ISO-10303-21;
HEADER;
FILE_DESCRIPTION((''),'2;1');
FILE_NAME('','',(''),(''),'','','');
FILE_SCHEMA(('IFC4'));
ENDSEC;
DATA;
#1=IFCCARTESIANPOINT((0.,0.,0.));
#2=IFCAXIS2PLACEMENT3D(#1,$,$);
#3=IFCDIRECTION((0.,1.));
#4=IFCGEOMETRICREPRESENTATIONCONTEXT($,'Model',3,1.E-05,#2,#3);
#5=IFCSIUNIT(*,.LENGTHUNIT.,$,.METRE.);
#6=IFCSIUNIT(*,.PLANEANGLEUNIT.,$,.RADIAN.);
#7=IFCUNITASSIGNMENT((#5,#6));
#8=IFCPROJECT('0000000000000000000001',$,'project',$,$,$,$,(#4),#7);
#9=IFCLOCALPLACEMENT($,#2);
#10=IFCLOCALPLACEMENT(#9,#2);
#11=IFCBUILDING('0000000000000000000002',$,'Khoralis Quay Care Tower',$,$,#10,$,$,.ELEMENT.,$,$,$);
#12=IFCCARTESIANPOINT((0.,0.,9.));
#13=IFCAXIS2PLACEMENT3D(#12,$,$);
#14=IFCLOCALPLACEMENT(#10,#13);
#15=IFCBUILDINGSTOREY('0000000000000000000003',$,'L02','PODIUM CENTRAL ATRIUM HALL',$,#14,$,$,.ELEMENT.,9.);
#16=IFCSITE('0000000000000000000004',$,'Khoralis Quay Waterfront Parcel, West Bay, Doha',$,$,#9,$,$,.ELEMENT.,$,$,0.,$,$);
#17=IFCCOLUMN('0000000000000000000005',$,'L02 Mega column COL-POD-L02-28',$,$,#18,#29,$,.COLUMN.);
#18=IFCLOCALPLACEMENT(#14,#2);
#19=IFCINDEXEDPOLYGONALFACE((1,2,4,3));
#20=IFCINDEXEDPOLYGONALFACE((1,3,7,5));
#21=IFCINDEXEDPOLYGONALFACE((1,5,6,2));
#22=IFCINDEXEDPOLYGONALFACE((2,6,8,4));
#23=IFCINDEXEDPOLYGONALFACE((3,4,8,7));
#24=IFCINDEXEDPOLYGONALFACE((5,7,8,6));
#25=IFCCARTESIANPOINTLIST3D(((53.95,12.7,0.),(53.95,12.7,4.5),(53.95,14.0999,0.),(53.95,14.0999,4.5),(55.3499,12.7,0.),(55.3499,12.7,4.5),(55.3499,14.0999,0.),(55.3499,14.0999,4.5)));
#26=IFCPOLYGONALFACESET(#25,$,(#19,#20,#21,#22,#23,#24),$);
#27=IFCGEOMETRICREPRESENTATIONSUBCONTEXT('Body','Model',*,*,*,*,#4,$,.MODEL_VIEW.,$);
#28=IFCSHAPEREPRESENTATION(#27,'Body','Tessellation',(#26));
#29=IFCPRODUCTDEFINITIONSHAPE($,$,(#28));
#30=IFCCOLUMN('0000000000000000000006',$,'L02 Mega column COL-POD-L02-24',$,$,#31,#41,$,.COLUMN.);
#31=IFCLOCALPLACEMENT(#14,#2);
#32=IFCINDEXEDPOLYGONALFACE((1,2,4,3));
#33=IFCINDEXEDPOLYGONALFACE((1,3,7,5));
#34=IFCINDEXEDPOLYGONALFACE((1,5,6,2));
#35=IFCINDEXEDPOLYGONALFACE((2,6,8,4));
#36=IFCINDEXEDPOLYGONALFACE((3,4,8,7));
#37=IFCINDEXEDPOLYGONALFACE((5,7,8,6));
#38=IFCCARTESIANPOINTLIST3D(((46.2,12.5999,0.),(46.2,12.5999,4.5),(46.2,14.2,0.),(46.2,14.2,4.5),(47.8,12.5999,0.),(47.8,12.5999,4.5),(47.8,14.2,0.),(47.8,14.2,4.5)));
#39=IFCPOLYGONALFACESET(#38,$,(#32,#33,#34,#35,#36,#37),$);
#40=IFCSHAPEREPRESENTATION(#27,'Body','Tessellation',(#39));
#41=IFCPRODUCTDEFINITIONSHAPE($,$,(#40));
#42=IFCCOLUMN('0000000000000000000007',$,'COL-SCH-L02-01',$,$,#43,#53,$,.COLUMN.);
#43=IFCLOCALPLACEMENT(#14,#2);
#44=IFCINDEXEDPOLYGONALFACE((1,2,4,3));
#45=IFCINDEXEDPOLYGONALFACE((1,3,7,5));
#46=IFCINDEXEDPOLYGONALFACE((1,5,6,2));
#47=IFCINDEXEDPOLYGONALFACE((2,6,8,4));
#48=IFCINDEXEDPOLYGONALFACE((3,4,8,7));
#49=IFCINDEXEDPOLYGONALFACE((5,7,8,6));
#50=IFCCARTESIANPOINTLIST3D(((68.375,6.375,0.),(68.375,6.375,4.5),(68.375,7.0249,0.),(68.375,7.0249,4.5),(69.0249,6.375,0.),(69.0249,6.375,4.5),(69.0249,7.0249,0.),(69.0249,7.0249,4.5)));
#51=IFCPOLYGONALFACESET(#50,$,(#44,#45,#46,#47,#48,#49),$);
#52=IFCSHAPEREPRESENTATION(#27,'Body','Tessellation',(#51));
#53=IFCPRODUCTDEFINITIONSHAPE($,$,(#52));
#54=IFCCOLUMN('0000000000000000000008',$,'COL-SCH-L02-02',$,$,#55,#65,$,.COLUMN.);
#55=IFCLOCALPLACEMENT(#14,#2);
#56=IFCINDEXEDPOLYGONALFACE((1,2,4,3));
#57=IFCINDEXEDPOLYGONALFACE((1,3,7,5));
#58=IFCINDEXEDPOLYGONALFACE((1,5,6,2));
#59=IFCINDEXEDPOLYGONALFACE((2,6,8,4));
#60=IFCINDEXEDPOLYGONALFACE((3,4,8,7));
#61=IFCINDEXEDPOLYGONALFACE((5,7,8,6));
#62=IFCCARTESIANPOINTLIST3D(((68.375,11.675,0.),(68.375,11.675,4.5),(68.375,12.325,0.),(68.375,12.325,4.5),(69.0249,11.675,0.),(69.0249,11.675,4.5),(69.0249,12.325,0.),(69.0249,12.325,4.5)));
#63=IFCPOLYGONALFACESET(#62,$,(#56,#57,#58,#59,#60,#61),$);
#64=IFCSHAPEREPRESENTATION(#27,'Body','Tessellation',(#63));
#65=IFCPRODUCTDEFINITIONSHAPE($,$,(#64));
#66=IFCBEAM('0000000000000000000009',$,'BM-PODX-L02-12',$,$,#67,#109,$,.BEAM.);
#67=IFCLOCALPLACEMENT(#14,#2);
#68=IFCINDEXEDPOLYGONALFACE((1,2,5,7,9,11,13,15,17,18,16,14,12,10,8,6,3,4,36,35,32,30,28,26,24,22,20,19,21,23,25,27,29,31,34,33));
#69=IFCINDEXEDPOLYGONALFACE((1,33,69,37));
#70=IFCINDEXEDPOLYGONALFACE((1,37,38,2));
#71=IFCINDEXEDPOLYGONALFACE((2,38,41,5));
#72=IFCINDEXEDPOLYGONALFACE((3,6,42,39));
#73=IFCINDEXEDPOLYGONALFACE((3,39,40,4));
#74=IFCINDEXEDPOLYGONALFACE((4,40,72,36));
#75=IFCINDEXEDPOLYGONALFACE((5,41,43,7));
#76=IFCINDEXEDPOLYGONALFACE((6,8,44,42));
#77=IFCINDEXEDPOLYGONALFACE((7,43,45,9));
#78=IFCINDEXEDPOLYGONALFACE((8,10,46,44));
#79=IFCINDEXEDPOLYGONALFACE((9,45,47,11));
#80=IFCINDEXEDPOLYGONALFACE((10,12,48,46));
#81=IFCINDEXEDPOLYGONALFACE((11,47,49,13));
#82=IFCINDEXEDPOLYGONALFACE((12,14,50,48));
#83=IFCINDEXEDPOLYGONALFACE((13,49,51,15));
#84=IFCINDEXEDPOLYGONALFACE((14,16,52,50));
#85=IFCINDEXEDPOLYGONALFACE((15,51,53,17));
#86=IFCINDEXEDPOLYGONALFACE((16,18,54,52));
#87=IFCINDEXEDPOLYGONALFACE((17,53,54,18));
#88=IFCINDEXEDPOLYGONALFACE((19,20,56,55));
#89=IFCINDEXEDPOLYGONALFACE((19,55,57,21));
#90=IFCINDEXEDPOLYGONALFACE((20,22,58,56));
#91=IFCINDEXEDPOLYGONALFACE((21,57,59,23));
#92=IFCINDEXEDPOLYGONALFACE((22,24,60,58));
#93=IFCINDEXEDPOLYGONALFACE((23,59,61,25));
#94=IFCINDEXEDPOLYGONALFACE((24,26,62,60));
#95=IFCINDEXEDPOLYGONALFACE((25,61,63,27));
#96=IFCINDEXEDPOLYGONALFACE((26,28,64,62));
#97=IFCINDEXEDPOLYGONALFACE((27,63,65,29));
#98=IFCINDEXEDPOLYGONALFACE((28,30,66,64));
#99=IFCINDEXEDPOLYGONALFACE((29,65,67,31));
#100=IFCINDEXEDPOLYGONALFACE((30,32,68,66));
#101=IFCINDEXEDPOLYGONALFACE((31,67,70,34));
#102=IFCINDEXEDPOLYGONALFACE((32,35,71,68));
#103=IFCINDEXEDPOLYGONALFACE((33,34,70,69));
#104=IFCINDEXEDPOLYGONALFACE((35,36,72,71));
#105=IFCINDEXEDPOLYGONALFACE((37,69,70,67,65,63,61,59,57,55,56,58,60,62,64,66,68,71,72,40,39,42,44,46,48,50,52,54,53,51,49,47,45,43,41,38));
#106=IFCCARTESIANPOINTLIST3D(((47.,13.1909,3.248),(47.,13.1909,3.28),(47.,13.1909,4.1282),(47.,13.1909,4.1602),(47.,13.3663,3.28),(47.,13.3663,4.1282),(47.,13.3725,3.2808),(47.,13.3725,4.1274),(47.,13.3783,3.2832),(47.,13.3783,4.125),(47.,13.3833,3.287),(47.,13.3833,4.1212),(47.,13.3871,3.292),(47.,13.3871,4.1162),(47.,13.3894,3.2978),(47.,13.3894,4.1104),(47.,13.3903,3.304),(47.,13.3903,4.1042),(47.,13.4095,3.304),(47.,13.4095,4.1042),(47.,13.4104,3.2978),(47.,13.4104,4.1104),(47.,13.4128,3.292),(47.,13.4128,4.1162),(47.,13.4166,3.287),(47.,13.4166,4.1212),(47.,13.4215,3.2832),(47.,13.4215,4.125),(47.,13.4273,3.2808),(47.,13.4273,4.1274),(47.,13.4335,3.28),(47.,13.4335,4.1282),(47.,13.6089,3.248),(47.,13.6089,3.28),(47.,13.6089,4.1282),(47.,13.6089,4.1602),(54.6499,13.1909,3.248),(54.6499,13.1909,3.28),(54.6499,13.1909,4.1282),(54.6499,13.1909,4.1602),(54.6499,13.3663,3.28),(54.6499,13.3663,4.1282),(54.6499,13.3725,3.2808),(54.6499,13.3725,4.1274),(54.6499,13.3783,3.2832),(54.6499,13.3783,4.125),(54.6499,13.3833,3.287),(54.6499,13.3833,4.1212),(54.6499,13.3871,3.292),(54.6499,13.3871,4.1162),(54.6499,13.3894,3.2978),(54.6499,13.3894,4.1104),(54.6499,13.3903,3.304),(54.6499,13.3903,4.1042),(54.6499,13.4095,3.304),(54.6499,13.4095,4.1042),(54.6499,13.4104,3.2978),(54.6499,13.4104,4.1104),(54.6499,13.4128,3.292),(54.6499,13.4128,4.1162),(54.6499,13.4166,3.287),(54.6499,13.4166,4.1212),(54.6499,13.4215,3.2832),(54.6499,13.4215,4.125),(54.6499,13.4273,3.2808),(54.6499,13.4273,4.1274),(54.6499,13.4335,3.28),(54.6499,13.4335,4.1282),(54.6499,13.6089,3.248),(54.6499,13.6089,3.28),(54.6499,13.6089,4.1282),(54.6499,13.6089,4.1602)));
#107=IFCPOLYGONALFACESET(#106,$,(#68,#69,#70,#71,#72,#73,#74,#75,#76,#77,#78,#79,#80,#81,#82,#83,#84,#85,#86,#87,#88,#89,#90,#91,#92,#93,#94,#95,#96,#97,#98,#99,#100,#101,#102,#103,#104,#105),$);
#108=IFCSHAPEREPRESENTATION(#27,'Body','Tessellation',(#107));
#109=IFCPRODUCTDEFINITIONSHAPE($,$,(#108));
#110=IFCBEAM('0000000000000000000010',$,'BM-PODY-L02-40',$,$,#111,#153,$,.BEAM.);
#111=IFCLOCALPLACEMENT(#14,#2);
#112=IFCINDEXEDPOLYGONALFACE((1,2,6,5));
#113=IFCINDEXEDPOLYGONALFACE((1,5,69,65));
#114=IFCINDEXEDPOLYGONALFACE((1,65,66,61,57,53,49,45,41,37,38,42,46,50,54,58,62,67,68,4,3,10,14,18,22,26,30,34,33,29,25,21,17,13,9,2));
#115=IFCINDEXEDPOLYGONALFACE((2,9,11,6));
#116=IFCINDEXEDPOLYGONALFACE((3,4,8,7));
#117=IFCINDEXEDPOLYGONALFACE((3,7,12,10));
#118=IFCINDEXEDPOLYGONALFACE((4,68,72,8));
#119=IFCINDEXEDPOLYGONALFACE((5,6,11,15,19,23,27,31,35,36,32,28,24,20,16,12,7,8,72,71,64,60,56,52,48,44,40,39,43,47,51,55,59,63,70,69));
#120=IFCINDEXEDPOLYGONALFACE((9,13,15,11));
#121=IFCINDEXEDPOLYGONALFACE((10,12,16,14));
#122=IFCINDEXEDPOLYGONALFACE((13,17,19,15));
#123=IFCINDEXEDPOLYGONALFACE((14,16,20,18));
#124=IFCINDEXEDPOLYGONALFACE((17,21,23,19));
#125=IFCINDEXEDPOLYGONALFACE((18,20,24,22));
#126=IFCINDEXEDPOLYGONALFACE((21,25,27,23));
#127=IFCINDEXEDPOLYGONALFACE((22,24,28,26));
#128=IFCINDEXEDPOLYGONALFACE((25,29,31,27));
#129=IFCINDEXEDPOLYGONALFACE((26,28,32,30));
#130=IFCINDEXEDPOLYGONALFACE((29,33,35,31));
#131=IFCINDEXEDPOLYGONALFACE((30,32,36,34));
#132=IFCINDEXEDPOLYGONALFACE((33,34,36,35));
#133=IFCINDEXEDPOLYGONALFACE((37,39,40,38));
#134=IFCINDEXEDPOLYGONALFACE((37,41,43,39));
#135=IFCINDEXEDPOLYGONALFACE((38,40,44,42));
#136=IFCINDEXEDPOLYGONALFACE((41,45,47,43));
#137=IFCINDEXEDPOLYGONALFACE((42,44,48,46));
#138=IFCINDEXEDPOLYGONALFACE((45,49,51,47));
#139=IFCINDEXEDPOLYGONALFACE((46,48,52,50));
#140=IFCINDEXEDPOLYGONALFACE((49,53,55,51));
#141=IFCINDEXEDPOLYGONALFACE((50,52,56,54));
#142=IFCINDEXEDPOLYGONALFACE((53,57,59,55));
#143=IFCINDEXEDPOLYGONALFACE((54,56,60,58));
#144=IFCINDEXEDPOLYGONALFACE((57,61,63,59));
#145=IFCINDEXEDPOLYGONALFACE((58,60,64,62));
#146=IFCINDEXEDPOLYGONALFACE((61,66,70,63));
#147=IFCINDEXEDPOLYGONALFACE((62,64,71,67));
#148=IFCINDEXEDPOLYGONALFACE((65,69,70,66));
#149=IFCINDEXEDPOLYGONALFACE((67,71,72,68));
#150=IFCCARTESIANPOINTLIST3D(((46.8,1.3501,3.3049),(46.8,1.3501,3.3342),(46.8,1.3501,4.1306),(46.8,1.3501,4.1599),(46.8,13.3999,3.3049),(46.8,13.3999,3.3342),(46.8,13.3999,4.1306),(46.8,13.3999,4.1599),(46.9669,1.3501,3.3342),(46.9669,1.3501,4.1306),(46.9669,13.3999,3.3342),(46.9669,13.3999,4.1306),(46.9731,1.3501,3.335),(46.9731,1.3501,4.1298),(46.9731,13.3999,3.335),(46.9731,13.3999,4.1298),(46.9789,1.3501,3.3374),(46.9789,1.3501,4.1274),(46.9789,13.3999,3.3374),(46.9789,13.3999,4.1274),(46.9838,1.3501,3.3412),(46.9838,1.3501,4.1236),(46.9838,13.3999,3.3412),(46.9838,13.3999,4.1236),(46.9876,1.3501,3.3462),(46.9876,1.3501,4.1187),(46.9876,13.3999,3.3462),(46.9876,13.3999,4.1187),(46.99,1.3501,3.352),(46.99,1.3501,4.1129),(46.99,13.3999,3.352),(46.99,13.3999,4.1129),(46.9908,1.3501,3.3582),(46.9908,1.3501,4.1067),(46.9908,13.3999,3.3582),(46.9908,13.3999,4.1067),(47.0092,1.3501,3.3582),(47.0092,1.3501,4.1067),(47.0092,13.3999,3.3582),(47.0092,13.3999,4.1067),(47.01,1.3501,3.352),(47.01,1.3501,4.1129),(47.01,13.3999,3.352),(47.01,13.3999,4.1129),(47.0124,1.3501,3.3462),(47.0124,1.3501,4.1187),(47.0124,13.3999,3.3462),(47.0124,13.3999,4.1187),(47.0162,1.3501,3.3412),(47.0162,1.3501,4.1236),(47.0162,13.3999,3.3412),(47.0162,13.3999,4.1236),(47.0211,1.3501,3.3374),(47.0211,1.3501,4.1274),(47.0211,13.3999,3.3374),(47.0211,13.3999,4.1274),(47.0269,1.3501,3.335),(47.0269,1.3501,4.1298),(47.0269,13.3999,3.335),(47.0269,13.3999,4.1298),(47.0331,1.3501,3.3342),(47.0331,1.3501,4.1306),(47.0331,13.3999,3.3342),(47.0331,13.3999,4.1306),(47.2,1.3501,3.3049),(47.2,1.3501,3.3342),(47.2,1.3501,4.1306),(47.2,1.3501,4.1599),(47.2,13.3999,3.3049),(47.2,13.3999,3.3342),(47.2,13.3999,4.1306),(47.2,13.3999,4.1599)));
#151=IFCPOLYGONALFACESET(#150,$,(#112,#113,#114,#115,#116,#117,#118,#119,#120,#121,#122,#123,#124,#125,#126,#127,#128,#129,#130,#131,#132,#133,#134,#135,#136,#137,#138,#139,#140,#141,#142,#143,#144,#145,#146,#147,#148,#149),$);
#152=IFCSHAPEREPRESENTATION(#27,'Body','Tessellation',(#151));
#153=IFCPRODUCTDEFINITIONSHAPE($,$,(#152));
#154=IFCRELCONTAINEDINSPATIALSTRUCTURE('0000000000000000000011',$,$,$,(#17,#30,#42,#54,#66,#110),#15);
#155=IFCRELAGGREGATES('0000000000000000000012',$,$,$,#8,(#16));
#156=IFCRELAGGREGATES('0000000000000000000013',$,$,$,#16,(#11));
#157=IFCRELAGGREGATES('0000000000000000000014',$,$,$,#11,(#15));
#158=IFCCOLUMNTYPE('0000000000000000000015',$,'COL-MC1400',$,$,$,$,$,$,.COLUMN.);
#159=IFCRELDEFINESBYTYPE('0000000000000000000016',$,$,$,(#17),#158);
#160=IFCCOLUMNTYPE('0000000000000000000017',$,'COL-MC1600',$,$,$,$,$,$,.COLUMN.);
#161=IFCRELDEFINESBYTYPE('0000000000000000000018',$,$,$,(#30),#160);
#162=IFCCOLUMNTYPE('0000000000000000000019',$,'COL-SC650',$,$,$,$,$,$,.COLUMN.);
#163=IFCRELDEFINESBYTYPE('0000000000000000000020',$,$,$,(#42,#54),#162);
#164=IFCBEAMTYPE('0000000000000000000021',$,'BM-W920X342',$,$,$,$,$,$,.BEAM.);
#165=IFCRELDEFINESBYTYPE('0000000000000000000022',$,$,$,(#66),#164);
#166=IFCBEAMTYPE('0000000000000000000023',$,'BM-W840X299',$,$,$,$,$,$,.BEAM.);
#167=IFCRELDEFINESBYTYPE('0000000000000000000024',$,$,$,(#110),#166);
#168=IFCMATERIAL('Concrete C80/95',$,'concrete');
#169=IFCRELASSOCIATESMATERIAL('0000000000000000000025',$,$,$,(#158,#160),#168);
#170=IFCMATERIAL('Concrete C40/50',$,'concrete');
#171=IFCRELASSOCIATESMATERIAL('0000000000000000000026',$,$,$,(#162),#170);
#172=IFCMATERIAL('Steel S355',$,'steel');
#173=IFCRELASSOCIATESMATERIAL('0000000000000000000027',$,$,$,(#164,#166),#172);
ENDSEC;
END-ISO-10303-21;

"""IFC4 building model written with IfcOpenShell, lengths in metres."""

from ifc_helpers import new_model, si_unit, direction, frame, origin, origin_2d, place, context, subcontext, project, spatial, rectangle, i_section, extrude, source, transform, mapped, material, material_profile, profile_set, type_object, element, save


model = new_model("IFC4")

# Units and contexts
model_context = context("Model", 3, precision=1e-05, world=origin(), true_north=direction((0.0, 1.0)))
body_context = subcontext(model_context, "Body", "Model", "MODEL_VIEW")
ifc_project = project(units=[si_unit("LENGTHUNIT", "METRE"), si_unit("PLANEANGLEUNIT", "RADIAN")], contexts=[model_context])

# Site, building, storey
site_placement = place(None, origin())
site = spatial("IfcSite", under=ifc_project, at=site_placement, Name="Khoralis Quay Waterfront Parcel, West Bay, Doha", CompositionType="ELEMENT", RefElevation=0.0)
building_placement = place(site_placement, origin())
building = spatial("IfcBuilding", under=site, at=building_placement, Name="Khoralis Quay Care Tower", CompositionType="ELEMENT")
storey_placement = place(building_placement, frame((0.0, 0.0, 9.0)))
storey = spatial("IfcBuildingStorey", under=building, at=storey_placement, Name="L02", Description="PODIUM CENTRAL ATRIUM HALL", CompositionType="ELEMENT", Elevation=9.0)

# Columns
ifc_material_1 = material(Name="Concrete C80/95", Category="concrete")
ifc_material_profile_1 = material_profile(ifc_material_1, rectangle(XDim=1.3999, YDim=1.3999, at=origin_2d()), Name="Concrete C80/95")
ifc_profile_set_1 = profile_set([ifc_material_profile_1], Name="Concrete C80/95")
column_type_1 = type_object("IfcColumnType", Name="COL-MC1400", PredefinedType="COLUMN", material=ifc_profile_set_1)
shared_shape_1 = source(origin(), body_context, "Body", "SweptSolid", [
    extrude(rectangle(XDim=1.3999, YDim=1.3999, at=origin_2d()), origin(), (0.0, 0.0, 1.0), 4.5),
])
column_1_placement = place(storey_placement, frame((54.6499, 13.3999, 0.0), z_axis=(0.0, 0.0, 1.0), x_axis=(1.0, 0.0, 0.0)))
element("IfcColumn", 1, at=column_1_placement, inside=storey, type_object=column_type_1, Name="L02 Mega column COL-POD-L02-28", PredefinedType="COLUMN", context=body_context, shape_type="MappedRepresentation", body=[
    mapped(shared_shape_1, transform((0.0, 0.0, 0.0), scale=1.0)),
])
ifc_material_profile_2 = material_profile(ifc_material_1, rectangle(XDim=1.6001, YDim=1.6001, at=origin_2d()), Name="Concrete C80/95")
ifc_profile_set_2 = profile_set([ifc_material_profile_2], Name="Concrete C80/95")
column_type_2 = type_object("IfcColumnType", Name="COL-MC1600", PredefinedType="COLUMN", material=ifc_profile_set_2)
shared_shape_2 = source(origin(), body_context, "Body", "SweptSolid", [
    extrude(rectangle(XDim=1.6001, YDim=1.6001, at=origin_2d()), origin(), (0.0, 0.0, 1.0), 4.5),
])
column_2_placement = place(storey_placement, frame((47.0, 13.3999, 0.0), z_axis=(0.0, 0.0, 1.0), x_axis=(1.0, 0.0, 0.0)))
element("IfcColumn", 2, at=column_2_placement, inside=storey, type_object=column_type_2, Name="L02 Mega column COL-POD-L02-24", PredefinedType="COLUMN", context=body_context, shape_type="MappedRepresentation", body=[
    mapped(shared_shape_2, transform((0.0, 0.0, 0.0), scale=1.0)),
])
ifc_material_2 = material(Name="Concrete C40/50", Category="concrete")
ifc_material_profile_3 = material_profile(ifc_material_2, rectangle(XDim=0.6499, YDim=0.6499, at=origin_2d()), Name="Concrete C40/50")
ifc_profile_set_3 = profile_set([ifc_material_profile_3], Name="Concrete C40/50")
column_type_3 = type_object("IfcColumnType", Name="COL-SC650", PredefinedType="COLUMN", material=ifc_profile_set_3)
shared_shape_3 = source(origin(), body_context, "Body", "SweptSolid", [
    extrude(rectangle(XDim=0.6499, YDim=0.6499, at=origin_2d()), origin(), (0.0, 0.0, 1.0), 4.5),
])
for number, where, z_axis, x_axis, name in (
    (3, (68.7, 6.7, 0.0), (0.0, 0.0, 1.0), (1.0, 0.0, 0.0), "COL-SCH-L02-01"),
    (4, (68.7, 12.0, 0.0), (0.0, 0.0, 1.0), (1.0, 0.0, 0.0), "COL-SCH-L02-02"),
):
    element("IfcColumn", number, at=place(storey_placement, frame(where, z_axis=z_axis, x_axis=x_axis)), inside=storey, type_object=column_type_3, Name=name, PredefinedType="COLUMN", context=body_context, shape_type="MappedRepresentation", body=[
        mapped(shared_shape_3, transform((0.0, 0.0, 0.0), scale=1.0)),
    ])

# Beams
ifc_material_3 = material(Name="Steel S355", Category="steel")
ifc_material_profile_4 = material_profile(ifc_material_3, i_section(OverallWidth=0.418, OverallDepth=0.9121, WebThickness=0.0193, FlangeThickness=0.032, FilletRadius=0.0239, at=origin_2d()), Name="Steel S355")
ifc_profile_set_4 = profile_set([ifc_material_profile_4], Name="Steel S355")
beam_type_1 = type_object("IfcBeamType", Name="BM-W920X342", PredefinedType="BEAM", material=ifc_profile_set_4)
shared_shape_4 = source(origin(), body_context, "Body", "SweptSolid", [
    extrude(i_section(OverallWidth=0.418, OverallDepth=0.9121, WebThickness=0.0193, FlangeThickness=0.032, FilletRadius=0.0239, at=origin_2d()), origin(), (0.0, 0.0, 1.0), 7.6499),
])
beam_1_placement = place(storey_placement, frame((47.0, 13.3999, 3.7041), z_axis=(1.0, 0.0, 0.0), x_axis=(0.0, 1.0, 0.0)))
element("IfcBeam", 5, at=beam_1_placement, inside=storey, type_object=beam_type_1, Name="BM-PODX-L02-12", PredefinedType="BEAM", context=body_context, shape_type="MappedRepresentation", body=[
    mapped(shared_shape_4, transform((0.0, 0.0, 0.0), scale=1.0)),
])
ifc_material_profile_5 = material_profile(ifc_material_3, i_section(OverallWidth=0.3999, OverallDepth=0.855, WebThickness=0.0183, FlangeThickness=0.0293, FilletRadius=0.0239, at=origin_2d()), Name="Steel S355")
ifc_profile_set_5 = profile_set([ifc_material_profile_5], Name="Steel S355")
beam_type_2 = type_object("IfcBeamType", Name="BM-W840X299", PredefinedType="BEAM", material=ifc_profile_set_5)
shared_shape_5 = source(origin(), body_context, "Body", "SweptSolid", [
    extrude(i_section(OverallWidth=0.3999, OverallDepth=0.855, WebThickness=0.0183, FlangeThickness=0.0293, FilletRadius=0.0239, at=origin_2d()), origin(), (0.0, 0.0, 1.0), 12.0498),
])
beam_2_placement = place(storey_placement, frame((47.0, 1.3501, 3.7324), z_axis=(0.0, 1.0, 0.0), x_axis=(-1.0, 0.0, 0.0)))
element("IfcBeam", 6, at=beam_2_placement, inside=storey, type_object=beam_type_2, Name="BM-PODY-L02-40", PredefinedType="BEAM", context=body_context, shape_type="MappedRepresentation", body=[
    mapped(shared_shape_5, transform((0.0, 0.0, 0.0), scale=1.0)),
])

save(model, "model.ifc")
